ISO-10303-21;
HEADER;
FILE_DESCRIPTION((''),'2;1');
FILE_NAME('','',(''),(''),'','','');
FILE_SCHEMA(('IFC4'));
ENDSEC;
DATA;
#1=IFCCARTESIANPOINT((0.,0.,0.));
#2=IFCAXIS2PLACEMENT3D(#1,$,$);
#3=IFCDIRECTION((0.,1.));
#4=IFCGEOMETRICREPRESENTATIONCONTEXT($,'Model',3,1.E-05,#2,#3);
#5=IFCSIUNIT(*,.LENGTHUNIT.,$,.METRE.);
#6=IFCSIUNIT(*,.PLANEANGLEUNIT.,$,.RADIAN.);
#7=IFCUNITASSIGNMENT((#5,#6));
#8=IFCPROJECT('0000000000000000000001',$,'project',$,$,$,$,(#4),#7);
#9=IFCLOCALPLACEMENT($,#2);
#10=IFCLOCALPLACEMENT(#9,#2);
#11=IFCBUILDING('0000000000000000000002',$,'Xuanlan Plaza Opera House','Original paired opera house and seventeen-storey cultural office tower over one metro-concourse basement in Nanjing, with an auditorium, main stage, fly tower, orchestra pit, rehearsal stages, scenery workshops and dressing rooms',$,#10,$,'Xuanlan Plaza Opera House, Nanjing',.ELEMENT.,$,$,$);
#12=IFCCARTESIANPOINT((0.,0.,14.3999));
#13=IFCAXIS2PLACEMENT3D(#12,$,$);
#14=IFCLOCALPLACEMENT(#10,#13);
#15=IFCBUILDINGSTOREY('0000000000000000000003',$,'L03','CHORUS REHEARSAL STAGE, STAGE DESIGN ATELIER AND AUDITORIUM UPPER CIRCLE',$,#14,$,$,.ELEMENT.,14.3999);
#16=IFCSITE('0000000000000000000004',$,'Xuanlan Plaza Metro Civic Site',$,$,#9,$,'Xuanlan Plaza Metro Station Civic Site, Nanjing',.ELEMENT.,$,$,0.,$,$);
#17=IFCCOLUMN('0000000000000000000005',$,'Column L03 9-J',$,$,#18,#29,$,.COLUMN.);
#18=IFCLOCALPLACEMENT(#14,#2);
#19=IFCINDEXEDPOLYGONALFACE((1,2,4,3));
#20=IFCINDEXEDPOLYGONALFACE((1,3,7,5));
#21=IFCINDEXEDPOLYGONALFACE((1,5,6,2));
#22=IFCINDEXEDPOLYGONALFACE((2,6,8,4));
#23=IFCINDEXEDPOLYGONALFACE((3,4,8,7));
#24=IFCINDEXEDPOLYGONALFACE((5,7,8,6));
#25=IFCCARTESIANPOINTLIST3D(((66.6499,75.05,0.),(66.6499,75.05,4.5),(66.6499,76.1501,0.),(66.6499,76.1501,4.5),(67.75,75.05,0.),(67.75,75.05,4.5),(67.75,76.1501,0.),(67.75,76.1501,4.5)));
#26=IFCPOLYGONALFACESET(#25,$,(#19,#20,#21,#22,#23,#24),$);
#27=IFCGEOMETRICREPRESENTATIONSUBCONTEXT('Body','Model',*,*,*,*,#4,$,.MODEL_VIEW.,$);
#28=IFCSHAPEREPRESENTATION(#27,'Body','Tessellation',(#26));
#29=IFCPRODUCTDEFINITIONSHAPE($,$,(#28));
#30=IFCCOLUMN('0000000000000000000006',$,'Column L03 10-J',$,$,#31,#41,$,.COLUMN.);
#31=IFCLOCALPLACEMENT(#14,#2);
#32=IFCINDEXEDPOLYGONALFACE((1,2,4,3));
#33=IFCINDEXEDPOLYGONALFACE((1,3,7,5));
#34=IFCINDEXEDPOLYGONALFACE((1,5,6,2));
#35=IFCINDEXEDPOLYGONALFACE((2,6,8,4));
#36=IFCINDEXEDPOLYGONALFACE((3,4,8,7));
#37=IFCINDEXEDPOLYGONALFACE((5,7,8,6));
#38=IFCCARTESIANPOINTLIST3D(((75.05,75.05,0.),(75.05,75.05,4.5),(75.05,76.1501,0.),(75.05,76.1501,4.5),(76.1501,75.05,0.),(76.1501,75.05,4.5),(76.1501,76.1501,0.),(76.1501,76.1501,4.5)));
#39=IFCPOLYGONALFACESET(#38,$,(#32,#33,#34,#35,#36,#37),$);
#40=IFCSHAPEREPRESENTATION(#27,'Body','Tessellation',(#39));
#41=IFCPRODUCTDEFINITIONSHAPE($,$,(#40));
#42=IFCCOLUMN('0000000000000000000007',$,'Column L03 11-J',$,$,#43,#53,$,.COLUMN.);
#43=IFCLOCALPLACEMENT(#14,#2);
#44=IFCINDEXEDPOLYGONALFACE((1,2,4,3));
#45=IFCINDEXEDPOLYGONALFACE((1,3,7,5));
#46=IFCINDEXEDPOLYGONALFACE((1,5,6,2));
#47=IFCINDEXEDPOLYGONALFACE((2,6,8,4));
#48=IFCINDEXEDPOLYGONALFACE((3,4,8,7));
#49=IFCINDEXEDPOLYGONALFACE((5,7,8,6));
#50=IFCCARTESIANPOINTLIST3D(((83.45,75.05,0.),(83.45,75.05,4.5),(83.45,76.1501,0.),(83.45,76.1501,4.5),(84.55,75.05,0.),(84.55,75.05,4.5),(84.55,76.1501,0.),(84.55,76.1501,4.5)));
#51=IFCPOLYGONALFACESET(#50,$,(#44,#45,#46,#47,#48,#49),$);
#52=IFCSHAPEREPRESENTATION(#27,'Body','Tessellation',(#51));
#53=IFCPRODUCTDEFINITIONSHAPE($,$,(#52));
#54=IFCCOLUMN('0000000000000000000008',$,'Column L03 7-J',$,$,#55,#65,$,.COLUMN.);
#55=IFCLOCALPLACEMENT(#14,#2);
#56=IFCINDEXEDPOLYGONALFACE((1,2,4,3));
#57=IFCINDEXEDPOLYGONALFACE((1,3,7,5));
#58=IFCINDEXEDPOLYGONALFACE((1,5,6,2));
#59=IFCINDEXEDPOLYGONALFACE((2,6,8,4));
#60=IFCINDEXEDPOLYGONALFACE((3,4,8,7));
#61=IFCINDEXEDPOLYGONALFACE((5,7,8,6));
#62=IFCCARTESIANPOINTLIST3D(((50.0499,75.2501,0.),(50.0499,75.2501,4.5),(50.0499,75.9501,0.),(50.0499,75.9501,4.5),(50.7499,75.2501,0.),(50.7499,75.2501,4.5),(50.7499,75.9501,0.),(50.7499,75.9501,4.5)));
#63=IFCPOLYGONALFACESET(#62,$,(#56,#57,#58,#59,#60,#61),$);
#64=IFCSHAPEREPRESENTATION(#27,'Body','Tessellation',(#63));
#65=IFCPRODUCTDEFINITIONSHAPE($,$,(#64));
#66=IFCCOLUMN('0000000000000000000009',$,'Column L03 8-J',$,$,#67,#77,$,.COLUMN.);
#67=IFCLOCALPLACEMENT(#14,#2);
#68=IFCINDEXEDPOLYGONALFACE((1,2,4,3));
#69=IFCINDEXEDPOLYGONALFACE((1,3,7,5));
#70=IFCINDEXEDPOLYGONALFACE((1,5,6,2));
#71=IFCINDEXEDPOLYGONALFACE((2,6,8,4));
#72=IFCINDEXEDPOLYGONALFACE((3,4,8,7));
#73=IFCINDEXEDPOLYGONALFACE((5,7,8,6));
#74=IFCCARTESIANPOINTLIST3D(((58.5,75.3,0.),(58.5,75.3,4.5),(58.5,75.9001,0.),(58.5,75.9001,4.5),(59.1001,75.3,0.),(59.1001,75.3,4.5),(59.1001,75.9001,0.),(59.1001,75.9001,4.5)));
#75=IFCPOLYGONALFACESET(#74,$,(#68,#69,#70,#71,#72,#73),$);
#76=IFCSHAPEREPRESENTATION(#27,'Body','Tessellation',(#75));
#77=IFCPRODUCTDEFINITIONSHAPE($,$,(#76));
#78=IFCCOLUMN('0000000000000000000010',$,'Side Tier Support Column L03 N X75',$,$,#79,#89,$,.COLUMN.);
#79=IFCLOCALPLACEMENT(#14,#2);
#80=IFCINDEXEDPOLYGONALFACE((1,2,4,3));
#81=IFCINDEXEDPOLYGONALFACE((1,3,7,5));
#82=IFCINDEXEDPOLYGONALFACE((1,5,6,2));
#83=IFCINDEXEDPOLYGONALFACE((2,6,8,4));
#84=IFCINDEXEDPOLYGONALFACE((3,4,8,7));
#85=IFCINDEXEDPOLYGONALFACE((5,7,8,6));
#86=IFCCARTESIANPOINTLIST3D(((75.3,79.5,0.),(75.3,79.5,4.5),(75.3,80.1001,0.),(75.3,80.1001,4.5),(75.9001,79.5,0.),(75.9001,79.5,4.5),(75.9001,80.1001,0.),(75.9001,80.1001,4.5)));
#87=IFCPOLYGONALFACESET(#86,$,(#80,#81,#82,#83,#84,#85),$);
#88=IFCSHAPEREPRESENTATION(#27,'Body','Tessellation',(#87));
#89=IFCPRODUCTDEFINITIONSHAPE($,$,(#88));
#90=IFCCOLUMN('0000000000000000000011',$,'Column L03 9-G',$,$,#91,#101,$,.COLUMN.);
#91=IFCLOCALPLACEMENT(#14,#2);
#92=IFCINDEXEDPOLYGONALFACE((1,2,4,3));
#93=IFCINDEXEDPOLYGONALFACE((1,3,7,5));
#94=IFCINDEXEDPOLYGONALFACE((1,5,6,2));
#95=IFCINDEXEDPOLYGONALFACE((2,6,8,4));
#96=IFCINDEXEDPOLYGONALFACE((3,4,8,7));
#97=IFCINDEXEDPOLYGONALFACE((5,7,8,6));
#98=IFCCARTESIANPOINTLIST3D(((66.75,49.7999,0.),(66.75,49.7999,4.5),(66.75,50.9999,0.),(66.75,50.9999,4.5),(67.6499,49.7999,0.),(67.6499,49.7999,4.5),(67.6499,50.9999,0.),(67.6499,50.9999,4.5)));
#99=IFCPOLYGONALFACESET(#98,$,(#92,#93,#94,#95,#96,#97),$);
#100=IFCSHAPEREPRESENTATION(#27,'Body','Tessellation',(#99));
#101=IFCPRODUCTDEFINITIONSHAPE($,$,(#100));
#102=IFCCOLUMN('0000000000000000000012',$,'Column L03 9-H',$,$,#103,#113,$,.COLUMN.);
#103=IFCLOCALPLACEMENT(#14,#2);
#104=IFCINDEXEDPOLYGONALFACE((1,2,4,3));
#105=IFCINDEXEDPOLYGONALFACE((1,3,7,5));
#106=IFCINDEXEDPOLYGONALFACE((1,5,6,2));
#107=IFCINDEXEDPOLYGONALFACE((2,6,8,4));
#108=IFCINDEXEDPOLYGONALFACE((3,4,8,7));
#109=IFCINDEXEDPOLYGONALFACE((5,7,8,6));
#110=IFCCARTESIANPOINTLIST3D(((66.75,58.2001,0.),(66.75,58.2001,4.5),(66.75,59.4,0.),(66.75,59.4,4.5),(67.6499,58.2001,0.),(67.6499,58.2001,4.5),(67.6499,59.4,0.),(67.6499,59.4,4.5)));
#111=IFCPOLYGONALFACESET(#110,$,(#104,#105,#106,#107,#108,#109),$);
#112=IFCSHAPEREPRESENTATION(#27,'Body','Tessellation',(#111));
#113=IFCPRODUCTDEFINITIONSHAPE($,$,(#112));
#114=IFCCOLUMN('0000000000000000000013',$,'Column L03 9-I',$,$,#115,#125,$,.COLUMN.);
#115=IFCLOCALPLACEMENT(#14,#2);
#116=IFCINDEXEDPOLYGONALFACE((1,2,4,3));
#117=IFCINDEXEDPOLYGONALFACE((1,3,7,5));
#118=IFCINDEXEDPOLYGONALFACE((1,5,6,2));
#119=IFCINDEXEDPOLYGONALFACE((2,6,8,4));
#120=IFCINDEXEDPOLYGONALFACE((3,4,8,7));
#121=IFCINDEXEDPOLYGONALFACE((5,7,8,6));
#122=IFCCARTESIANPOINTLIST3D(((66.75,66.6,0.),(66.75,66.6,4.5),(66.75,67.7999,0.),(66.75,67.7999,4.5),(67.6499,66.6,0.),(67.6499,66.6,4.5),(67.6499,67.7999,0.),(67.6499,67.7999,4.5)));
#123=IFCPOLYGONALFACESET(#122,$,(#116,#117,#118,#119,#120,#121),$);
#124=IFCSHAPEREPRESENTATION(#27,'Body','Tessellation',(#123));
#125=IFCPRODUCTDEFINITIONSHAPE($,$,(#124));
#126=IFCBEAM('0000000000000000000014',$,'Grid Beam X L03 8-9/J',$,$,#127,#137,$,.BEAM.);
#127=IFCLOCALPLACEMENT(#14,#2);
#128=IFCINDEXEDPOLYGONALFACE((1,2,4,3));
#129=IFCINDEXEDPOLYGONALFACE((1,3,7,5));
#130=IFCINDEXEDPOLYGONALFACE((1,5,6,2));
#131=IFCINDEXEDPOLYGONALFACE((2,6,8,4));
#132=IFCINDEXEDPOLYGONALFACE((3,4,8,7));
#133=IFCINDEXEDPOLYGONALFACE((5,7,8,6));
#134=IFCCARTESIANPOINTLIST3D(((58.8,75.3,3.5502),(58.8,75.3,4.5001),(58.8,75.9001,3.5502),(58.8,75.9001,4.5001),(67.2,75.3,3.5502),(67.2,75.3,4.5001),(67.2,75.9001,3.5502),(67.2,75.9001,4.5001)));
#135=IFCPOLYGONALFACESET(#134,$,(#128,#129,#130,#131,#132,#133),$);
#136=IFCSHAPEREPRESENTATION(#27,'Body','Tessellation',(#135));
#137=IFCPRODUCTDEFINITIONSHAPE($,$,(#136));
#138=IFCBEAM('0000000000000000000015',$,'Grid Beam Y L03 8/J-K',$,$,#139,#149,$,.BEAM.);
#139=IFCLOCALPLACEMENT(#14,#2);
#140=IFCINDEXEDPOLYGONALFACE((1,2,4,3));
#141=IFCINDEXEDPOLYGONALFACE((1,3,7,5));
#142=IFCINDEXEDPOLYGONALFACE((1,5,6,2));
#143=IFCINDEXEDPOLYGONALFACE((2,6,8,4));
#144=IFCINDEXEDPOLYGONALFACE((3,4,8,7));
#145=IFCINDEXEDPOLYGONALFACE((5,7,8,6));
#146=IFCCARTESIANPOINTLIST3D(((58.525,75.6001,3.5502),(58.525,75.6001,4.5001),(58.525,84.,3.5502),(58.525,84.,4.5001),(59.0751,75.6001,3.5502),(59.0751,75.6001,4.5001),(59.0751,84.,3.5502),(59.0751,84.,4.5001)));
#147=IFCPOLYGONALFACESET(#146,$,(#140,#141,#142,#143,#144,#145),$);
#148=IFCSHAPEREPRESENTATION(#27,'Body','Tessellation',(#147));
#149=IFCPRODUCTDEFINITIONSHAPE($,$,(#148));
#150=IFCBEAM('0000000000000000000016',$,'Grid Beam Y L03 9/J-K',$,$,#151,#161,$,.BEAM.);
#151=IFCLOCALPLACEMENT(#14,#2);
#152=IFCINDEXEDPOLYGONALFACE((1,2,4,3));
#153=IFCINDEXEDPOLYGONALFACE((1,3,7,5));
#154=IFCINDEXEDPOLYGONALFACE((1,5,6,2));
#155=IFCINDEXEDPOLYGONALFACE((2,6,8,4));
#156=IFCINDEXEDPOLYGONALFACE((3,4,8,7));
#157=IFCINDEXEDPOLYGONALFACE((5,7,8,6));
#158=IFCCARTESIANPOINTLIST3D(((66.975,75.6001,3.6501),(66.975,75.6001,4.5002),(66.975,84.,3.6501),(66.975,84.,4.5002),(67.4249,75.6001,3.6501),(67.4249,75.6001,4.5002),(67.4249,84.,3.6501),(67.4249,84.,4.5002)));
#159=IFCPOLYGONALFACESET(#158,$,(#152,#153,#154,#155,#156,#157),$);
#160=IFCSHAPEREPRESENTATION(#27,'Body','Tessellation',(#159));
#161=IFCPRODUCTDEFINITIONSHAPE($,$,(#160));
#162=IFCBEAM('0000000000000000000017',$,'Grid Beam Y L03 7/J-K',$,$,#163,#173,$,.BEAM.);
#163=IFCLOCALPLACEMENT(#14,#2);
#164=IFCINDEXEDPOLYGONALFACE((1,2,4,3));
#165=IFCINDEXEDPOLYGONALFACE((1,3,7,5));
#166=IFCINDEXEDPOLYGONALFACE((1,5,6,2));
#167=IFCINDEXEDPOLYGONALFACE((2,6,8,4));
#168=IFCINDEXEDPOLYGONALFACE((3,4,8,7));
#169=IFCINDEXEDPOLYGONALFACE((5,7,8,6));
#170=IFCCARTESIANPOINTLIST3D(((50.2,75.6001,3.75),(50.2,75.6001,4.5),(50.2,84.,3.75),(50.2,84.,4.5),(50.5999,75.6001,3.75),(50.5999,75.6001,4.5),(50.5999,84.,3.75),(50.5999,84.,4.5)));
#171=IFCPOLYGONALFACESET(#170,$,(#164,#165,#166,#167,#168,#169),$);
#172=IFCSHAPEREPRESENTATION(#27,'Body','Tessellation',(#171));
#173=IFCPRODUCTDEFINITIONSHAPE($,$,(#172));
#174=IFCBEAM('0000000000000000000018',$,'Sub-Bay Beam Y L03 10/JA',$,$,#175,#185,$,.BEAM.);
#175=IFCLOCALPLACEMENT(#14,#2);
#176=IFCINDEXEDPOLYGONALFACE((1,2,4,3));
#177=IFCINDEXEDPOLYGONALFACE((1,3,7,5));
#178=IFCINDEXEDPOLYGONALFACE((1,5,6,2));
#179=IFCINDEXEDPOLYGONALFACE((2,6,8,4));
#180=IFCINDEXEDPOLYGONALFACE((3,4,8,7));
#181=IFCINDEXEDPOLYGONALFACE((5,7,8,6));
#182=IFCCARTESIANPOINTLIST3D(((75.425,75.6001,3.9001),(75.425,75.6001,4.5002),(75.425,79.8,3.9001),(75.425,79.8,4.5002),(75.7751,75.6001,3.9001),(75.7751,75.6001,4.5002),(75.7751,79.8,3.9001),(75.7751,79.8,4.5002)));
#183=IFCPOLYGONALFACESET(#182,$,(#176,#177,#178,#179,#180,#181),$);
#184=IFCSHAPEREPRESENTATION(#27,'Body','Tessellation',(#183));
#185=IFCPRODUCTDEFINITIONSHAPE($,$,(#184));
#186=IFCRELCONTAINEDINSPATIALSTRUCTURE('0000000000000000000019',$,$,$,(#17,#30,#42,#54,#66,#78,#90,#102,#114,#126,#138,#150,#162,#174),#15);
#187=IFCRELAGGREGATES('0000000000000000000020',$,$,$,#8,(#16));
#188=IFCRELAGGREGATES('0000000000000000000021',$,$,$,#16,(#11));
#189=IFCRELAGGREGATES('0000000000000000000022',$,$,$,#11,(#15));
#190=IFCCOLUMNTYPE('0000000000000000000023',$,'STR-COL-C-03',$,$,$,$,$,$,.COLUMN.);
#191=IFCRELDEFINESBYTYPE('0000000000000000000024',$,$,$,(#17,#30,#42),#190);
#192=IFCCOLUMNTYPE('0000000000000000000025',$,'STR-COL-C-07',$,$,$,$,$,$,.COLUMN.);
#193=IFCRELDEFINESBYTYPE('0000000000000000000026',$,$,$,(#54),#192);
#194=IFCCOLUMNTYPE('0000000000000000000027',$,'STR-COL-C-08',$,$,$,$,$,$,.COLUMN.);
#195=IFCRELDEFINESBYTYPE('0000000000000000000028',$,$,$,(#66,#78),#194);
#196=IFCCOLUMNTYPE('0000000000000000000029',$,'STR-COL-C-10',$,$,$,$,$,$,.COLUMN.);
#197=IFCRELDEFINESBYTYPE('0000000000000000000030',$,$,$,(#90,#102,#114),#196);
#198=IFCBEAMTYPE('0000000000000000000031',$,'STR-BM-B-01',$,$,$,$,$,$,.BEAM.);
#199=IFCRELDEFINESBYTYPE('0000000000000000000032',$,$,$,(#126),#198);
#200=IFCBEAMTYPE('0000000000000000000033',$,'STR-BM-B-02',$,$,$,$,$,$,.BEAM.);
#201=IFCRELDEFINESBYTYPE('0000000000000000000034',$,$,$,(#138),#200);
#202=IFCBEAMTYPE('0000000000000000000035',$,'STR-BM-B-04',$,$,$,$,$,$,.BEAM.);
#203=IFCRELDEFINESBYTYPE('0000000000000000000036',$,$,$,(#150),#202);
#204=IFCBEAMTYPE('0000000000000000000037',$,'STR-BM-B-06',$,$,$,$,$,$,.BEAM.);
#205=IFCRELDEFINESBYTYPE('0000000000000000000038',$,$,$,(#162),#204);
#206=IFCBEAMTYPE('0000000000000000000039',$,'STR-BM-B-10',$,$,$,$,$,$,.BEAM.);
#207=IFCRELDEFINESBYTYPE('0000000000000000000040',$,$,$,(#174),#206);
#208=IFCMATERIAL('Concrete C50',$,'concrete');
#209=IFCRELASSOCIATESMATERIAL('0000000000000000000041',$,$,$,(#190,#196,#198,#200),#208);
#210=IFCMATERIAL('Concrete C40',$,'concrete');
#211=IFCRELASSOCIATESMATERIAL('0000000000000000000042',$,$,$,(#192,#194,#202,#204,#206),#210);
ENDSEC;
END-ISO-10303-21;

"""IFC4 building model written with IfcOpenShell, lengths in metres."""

from ifc_helpers import new_model, si_unit, direction, frame, origin, origin_2d, place, context, subcontext, project, spatial, rectangle, extrude, material, material_profile, profile_set, type_object, element, save


model = new_model("IFC4")

# Units and contexts
model_context = context("Model", 3, precision=1e-05, world=origin(), true_north=direction((0.0, 1.0)))
body_context = subcontext(model_context, "Body", "Model", "MODEL_VIEW")
ifc_project = project(units=[si_unit("LENGTHUNIT", "METRE"), si_unit("PLANEANGLEUNIT", "RADIAN")], contexts=[model_context])

# Site, building, storey
site_placement = place(None, origin())
site = spatial("IfcSite", under=ifc_project, at=site_placement, Name="Xuanlan Plaza Metro Civic Site", LongName="Xuanlan Plaza Metro Station Civic Site, Nanjing", CompositionType="ELEMENT", RefElevation=0.0)
building_placement = place(site_placement, origin())
building = spatial("IfcBuilding", under=site, at=building_placement, Name="Xuanlan Plaza Opera House", Description="Original paired opera house and seventeen-storey cultural office tower over one metro-concourse basement in Nanjing, with an auditorium, main stage, fly tower, orchestra pit, rehearsal stages, scenery workshops and dressing rooms", LongName="Xuanlan Plaza Opera House, Nanjing", CompositionType="ELEMENT")
storey_placement = place(building_placement, frame((0.0, 0.0, 14.3999)))
storey = spatial("IfcBuildingStorey", under=building, at=storey_placement, Name="L03", Description="CHORUS REHEARSAL STAGE, STAGE DESIGN ATELIER AND AUDITORIUM UPPER CIRCLE", CompositionType="ELEMENT", Elevation=14.3999)

# Columns
ifc_material_1 = material(Name="Concrete C50", Category="concrete")
ifc_material_profile_1 = material_profile(ifc_material_1, rectangle(XDim=1.1001, YDim=1.1001, at=origin_2d()), Name="RC-COL 1100x1100")
ifc_profile_set_1 = profile_set([ifc_material_profile_1], Name="Concrete C50")
column_type_1 = type_object("IfcColumnType", Name="STR-COL-C-03", PredefinedType="COLUMN", material=ifc_profile_set_1)
for number, where, z_axis, x_axis, name in (
    (1, (67.2, 75.6001, 0.0), (0.0, 0.0, 1.0), (1.0, 0.0, 0.0), "Column L03 9-J"),
    (2, (75.6001, 75.6001, 0.0), (0.0, 0.0, 1.0), (1.0, 0.0, 0.0), "Column L03 10-J"),
    (3, (84.0, 75.6001, 0.0), (0.0, 0.0, 1.0), (1.0, 0.0, 0.0), "Column L03 11-J"),
):
    element("IfcColumn", number, at=place(storey_placement, frame(where, z_axis=z_axis, x_axis=x_axis)), inside=storey, type_object=column_type_1, Name=name, PredefinedType="COLUMN", context=body_context, shape_type="SweptSolid", body=[
        extrude(rectangle(XDim=1.1001, YDim=1.1001, at=origin_2d()), origin(), (0.0, 0.0, 1.0), 4.5),
    ])
ifc_material_2 = material(Name="Concrete C40", Category="concrete")
ifc_material_profile_2 = material_profile(ifc_material_2, rectangle(XDim=0.7, YDim=0.7, at=origin_2d()), Name="RC-COL 700x700")
ifc_profile_set_2 = profile_set([ifc_material_profile_2], Name="Concrete C40")
column_type_2 = type_object("IfcColumnType", Name="STR-COL-C-07", PredefinedType="COLUMN", material=ifc_profile_set_2)
column_placement = place(storey_placement, frame((50.3999, 75.6001, 0.0), z_axis=(0.0, 0.0, 1.0), x_axis=(1.0, 0.0, 0.0)))
element("IfcColumn", 4, at=column_placement, inside=storey, type_object=column_type_2, Name="Column L03 7-J", PredefinedType="COLUMN", context=body_context, shape_type="SweptSolid", body=[
    extrude(rectangle(XDim=0.7, YDim=0.7, at=origin_2d()), origin(), (0.0, 0.0, 1.0), 4.5),
])
ifc_material_profile_3 = material_profile(ifc_material_2, rectangle(XDim=0.6001, YDim=0.6001, at=origin_2d()), Name="RC-COL 600x600")
ifc_profile_set_3 = profile_set([ifc_material_profile_3], Name="Concrete C40")
column_type_3 = type_object("IfcColumnType", Name="STR-COL-C-08", PredefinedType="COLUMN", material=ifc_profile_set_3)
for number, where, z_axis, x_axis, name in (
    (5, (58.8, 75.6001, 0.0), (0.0, 0.0, 1.0), (1.0, 0.0, 0.0), "Column L03 8-J"),
    (6, (75.6001, 79.8, 0.0), (0.0, 0.0, 1.0), (1.0, 0.0, 0.0), "Side Tier Support Column L03 N X75"),
):
    element("IfcColumn", number, at=place(storey_placement, frame(where, z_axis=z_axis, x_axis=x_axis)), inside=storey, type_object=column_type_3, Name=name, PredefinedType="COLUMN", context=body_context, shape_type="SweptSolid", body=[
        extrude(rectangle(XDim=0.6001, YDim=0.6001, at=origin_2d()), origin(), (0.0, 0.0, 1.0), 4.5),
    ])
ifc_material_profile_4 = material_profile(ifc_material_1, rectangle(XDim=0.8999, YDim=1.2, at=origin_2d()), Name="RC-COL 900x1200")
ifc_profile_set_4 = profile_set([ifc_material_profile_4], Name="Concrete C50")
column_type_4 = type_object("IfcColumnType", Name="STR-COL-C-10", PredefinedType="COLUMN", material=ifc_profile_set_4)
for number, where, z_axis, x_axis, name in (
    (7, (67.2, 50.3999, 0.0), (0.0, 0.0, 1.0), (1.0, 0.0, 0.0), "Column L03 9-G"),
    (8, (67.2, 58.8, 0.0), (0.0, 0.0, 1.0), (1.0, 0.0, 0.0), "Column L03 9-H"),
    (9, (67.2, 67.2, 0.0), (0.0, 0.0, 1.0), (1.0, 0.0, 0.0), "Column L03 9-I"),
):
    element("IfcColumn", number, at=place(storey_placement, frame(where, z_axis=z_axis, x_axis=x_axis)), inside=storey, type_object=column_type_4, Name=name, PredefinedType="COLUMN", context=body_context, shape_type="SweptSolid", body=[
        extrude(rectangle(XDim=0.8999, YDim=1.2, at=origin_2d()), origin(), (0.0, 0.0, 1.0), 4.5),
    ])

# Beams
ifc_material_profile_5 = material_profile(ifc_material_1, rectangle(XDim=0.6001, YDim=0.95, at=origin_2d()), Name="RC-BM 600x950")
ifc_profile_set_5 = profile_set([ifc_material_profile_5], Name="Concrete C50")
beam_type_1 = type_object("IfcBeamType", Name="STR-BM-B-01", PredefinedType="BEAM", material=ifc_profile_set_5)
beam_1_placement = place(storey_placement, frame((58.8, 75.6001, 4.0251), z_axis=(1.0, 0.0, 0.0), x_axis=(0.0, 1.0, 0.0)))
element("IfcBeam", 10, at=beam_1_placement, inside=storey, type_object=beam_type_1, Name="Grid Beam X L03 8-9/J", PredefinedType="BEAM", context=body_context, shape_type="SweptSolid", body=[
    extrude(rectangle(XDim=0.6001, YDim=0.95, at=origin_2d()), origin(), (0.0, 0.0, 1.0), 8.3999),
])
ifc_material_profile_6 = material_profile(ifc_material_1, rectangle(XDim=0.55, YDim=0.95, at=origin_2d()), Name="RC-BM 550x950")
ifc_profile_set_6 = profile_set([ifc_material_profile_6], Name="Concrete C50")
beam_type_2 = type_object("IfcBeamType", Name="STR-BM-B-02", PredefinedType="BEAM", material=ifc_profile_set_6)
beam_2_placement = place(storey_placement, frame((58.8, 75.6001, 4.0251), z_axis=(0.0, 1.0, 0.0), x_axis=(-1.0, 0.0, 0.0)))
element("IfcBeam", 11, at=beam_2_placement, inside=storey, type_object=beam_type_2, Name="Grid Beam Y L03 8/J-K", PredefinedType="BEAM", context=body_context, shape_type="SweptSolid", body=[
    extrude(rectangle(XDim=0.55, YDim=0.95, at=origin_2d()), origin(), (0.0, 0.0, 1.0), 8.3999),
])
ifc_material_profile_7 = material_profile(ifc_material_2, rectangle(XDim=0.45, YDim=0.8501, at=origin_2d()), Name="RC-BM 450x850")
ifc_profile_set_7 = profile_set([ifc_material_profile_7], Name="Concrete C40")
beam_type_3 = type_object("IfcBeamType", Name="STR-BM-B-04", PredefinedType="BEAM", material=ifc_profile_set_7)
beam_3_placement = place(storey_placement, frame((67.2, 75.6001, 4.0752), z_axis=(0.0, 1.0, 0.0), x_axis=(-1.0, 0.0, 0.0)))
element("IfcBeam", 12, at=beam_3_placement, inside=storey, type_object=beam_type_3, Name="Grid Beam Y L03 9/J-K", PredefinedType="BEAM", context=body_context, shape_type="SweptSolid", body=[
    extrude(rectangle(XDim=0.45, YDim=0.8501, at=origin_2d()), origin(), (0.0, 0.0, 1.0), 8.3999),
])
ifc_material_profile_8 = material_profile(ifc_material_2, rectangle(XDim=0.3999, YDim=0.75, at=origin_2d()), Name="RC-BM 400x750")
ifc_profile_set_8 = profile_set([ifc_material_profile_8], Name="Concrete C40")
beam_type_4 = type_object("IfcBeamType", Name="STR-BM-B-06", PredefinedType="BEAM", material=ifc_profile_set_8)
beam_4_placement = place(storey_placement, frame((50.3999, 75.6001, 4.125), z_axis=(0.0, 1.0, 0.0), x_axis=(-1.0, 0.0, 0.0)))
element("IfcBeam", 13, at=beam_4_placement, inside=storey, type_object=beam_type_4, Name="Grid Beam Y L03 7/J-K", PredefinedType="BEAM", context=body_context, shape_type="SweptSolid", body=[
    extrude(rectangle(XDim=0.3999, YDim=0.75, at=origin_2d()), origin(), (0.0, 0.0, 1.0), 8.3999),
])
ifc_material_profile_9 = material_profile(ifc_material_2, rectangle(XDim=0.3501, YDim=0.6001, at=origin_2d()), Name="RC-BM 350x600")
ifc_profile_set_9 = profile_set([ifc_material_profile_9], Name="Concrete C40")
beam_type_5 = type_object("IfcBeamType", Name="STR-BM-B-10", PredefinedType="BEAM", material=ifc_profile_set_9)
for number, where, z_axis, x_axis, name in (
    (14, (75.6001, 75.6001, 4.2002), (0.0, 1.0, 0.0), (-1.0, 0.0, 0.0), "Sub-Bay Beam Y L03 10/JA"),
):
    element("IfcBeam", number, at=place(storey_placement, frame(where, z_axis=z_axis, x_axis=x_axis)), inside=storey, type_object=beam_type_5, Name=name, PredefinedType="BEAM", context=body_context, shape_type="SweptSolid", body=[
        extrude(rectangle(XDim=0.3501, YDim=0.6001, at=origin_2d()), origin(), (0.0, 0.0, 1.0), 4.2),
    ])

save(model, "model.ifc")
